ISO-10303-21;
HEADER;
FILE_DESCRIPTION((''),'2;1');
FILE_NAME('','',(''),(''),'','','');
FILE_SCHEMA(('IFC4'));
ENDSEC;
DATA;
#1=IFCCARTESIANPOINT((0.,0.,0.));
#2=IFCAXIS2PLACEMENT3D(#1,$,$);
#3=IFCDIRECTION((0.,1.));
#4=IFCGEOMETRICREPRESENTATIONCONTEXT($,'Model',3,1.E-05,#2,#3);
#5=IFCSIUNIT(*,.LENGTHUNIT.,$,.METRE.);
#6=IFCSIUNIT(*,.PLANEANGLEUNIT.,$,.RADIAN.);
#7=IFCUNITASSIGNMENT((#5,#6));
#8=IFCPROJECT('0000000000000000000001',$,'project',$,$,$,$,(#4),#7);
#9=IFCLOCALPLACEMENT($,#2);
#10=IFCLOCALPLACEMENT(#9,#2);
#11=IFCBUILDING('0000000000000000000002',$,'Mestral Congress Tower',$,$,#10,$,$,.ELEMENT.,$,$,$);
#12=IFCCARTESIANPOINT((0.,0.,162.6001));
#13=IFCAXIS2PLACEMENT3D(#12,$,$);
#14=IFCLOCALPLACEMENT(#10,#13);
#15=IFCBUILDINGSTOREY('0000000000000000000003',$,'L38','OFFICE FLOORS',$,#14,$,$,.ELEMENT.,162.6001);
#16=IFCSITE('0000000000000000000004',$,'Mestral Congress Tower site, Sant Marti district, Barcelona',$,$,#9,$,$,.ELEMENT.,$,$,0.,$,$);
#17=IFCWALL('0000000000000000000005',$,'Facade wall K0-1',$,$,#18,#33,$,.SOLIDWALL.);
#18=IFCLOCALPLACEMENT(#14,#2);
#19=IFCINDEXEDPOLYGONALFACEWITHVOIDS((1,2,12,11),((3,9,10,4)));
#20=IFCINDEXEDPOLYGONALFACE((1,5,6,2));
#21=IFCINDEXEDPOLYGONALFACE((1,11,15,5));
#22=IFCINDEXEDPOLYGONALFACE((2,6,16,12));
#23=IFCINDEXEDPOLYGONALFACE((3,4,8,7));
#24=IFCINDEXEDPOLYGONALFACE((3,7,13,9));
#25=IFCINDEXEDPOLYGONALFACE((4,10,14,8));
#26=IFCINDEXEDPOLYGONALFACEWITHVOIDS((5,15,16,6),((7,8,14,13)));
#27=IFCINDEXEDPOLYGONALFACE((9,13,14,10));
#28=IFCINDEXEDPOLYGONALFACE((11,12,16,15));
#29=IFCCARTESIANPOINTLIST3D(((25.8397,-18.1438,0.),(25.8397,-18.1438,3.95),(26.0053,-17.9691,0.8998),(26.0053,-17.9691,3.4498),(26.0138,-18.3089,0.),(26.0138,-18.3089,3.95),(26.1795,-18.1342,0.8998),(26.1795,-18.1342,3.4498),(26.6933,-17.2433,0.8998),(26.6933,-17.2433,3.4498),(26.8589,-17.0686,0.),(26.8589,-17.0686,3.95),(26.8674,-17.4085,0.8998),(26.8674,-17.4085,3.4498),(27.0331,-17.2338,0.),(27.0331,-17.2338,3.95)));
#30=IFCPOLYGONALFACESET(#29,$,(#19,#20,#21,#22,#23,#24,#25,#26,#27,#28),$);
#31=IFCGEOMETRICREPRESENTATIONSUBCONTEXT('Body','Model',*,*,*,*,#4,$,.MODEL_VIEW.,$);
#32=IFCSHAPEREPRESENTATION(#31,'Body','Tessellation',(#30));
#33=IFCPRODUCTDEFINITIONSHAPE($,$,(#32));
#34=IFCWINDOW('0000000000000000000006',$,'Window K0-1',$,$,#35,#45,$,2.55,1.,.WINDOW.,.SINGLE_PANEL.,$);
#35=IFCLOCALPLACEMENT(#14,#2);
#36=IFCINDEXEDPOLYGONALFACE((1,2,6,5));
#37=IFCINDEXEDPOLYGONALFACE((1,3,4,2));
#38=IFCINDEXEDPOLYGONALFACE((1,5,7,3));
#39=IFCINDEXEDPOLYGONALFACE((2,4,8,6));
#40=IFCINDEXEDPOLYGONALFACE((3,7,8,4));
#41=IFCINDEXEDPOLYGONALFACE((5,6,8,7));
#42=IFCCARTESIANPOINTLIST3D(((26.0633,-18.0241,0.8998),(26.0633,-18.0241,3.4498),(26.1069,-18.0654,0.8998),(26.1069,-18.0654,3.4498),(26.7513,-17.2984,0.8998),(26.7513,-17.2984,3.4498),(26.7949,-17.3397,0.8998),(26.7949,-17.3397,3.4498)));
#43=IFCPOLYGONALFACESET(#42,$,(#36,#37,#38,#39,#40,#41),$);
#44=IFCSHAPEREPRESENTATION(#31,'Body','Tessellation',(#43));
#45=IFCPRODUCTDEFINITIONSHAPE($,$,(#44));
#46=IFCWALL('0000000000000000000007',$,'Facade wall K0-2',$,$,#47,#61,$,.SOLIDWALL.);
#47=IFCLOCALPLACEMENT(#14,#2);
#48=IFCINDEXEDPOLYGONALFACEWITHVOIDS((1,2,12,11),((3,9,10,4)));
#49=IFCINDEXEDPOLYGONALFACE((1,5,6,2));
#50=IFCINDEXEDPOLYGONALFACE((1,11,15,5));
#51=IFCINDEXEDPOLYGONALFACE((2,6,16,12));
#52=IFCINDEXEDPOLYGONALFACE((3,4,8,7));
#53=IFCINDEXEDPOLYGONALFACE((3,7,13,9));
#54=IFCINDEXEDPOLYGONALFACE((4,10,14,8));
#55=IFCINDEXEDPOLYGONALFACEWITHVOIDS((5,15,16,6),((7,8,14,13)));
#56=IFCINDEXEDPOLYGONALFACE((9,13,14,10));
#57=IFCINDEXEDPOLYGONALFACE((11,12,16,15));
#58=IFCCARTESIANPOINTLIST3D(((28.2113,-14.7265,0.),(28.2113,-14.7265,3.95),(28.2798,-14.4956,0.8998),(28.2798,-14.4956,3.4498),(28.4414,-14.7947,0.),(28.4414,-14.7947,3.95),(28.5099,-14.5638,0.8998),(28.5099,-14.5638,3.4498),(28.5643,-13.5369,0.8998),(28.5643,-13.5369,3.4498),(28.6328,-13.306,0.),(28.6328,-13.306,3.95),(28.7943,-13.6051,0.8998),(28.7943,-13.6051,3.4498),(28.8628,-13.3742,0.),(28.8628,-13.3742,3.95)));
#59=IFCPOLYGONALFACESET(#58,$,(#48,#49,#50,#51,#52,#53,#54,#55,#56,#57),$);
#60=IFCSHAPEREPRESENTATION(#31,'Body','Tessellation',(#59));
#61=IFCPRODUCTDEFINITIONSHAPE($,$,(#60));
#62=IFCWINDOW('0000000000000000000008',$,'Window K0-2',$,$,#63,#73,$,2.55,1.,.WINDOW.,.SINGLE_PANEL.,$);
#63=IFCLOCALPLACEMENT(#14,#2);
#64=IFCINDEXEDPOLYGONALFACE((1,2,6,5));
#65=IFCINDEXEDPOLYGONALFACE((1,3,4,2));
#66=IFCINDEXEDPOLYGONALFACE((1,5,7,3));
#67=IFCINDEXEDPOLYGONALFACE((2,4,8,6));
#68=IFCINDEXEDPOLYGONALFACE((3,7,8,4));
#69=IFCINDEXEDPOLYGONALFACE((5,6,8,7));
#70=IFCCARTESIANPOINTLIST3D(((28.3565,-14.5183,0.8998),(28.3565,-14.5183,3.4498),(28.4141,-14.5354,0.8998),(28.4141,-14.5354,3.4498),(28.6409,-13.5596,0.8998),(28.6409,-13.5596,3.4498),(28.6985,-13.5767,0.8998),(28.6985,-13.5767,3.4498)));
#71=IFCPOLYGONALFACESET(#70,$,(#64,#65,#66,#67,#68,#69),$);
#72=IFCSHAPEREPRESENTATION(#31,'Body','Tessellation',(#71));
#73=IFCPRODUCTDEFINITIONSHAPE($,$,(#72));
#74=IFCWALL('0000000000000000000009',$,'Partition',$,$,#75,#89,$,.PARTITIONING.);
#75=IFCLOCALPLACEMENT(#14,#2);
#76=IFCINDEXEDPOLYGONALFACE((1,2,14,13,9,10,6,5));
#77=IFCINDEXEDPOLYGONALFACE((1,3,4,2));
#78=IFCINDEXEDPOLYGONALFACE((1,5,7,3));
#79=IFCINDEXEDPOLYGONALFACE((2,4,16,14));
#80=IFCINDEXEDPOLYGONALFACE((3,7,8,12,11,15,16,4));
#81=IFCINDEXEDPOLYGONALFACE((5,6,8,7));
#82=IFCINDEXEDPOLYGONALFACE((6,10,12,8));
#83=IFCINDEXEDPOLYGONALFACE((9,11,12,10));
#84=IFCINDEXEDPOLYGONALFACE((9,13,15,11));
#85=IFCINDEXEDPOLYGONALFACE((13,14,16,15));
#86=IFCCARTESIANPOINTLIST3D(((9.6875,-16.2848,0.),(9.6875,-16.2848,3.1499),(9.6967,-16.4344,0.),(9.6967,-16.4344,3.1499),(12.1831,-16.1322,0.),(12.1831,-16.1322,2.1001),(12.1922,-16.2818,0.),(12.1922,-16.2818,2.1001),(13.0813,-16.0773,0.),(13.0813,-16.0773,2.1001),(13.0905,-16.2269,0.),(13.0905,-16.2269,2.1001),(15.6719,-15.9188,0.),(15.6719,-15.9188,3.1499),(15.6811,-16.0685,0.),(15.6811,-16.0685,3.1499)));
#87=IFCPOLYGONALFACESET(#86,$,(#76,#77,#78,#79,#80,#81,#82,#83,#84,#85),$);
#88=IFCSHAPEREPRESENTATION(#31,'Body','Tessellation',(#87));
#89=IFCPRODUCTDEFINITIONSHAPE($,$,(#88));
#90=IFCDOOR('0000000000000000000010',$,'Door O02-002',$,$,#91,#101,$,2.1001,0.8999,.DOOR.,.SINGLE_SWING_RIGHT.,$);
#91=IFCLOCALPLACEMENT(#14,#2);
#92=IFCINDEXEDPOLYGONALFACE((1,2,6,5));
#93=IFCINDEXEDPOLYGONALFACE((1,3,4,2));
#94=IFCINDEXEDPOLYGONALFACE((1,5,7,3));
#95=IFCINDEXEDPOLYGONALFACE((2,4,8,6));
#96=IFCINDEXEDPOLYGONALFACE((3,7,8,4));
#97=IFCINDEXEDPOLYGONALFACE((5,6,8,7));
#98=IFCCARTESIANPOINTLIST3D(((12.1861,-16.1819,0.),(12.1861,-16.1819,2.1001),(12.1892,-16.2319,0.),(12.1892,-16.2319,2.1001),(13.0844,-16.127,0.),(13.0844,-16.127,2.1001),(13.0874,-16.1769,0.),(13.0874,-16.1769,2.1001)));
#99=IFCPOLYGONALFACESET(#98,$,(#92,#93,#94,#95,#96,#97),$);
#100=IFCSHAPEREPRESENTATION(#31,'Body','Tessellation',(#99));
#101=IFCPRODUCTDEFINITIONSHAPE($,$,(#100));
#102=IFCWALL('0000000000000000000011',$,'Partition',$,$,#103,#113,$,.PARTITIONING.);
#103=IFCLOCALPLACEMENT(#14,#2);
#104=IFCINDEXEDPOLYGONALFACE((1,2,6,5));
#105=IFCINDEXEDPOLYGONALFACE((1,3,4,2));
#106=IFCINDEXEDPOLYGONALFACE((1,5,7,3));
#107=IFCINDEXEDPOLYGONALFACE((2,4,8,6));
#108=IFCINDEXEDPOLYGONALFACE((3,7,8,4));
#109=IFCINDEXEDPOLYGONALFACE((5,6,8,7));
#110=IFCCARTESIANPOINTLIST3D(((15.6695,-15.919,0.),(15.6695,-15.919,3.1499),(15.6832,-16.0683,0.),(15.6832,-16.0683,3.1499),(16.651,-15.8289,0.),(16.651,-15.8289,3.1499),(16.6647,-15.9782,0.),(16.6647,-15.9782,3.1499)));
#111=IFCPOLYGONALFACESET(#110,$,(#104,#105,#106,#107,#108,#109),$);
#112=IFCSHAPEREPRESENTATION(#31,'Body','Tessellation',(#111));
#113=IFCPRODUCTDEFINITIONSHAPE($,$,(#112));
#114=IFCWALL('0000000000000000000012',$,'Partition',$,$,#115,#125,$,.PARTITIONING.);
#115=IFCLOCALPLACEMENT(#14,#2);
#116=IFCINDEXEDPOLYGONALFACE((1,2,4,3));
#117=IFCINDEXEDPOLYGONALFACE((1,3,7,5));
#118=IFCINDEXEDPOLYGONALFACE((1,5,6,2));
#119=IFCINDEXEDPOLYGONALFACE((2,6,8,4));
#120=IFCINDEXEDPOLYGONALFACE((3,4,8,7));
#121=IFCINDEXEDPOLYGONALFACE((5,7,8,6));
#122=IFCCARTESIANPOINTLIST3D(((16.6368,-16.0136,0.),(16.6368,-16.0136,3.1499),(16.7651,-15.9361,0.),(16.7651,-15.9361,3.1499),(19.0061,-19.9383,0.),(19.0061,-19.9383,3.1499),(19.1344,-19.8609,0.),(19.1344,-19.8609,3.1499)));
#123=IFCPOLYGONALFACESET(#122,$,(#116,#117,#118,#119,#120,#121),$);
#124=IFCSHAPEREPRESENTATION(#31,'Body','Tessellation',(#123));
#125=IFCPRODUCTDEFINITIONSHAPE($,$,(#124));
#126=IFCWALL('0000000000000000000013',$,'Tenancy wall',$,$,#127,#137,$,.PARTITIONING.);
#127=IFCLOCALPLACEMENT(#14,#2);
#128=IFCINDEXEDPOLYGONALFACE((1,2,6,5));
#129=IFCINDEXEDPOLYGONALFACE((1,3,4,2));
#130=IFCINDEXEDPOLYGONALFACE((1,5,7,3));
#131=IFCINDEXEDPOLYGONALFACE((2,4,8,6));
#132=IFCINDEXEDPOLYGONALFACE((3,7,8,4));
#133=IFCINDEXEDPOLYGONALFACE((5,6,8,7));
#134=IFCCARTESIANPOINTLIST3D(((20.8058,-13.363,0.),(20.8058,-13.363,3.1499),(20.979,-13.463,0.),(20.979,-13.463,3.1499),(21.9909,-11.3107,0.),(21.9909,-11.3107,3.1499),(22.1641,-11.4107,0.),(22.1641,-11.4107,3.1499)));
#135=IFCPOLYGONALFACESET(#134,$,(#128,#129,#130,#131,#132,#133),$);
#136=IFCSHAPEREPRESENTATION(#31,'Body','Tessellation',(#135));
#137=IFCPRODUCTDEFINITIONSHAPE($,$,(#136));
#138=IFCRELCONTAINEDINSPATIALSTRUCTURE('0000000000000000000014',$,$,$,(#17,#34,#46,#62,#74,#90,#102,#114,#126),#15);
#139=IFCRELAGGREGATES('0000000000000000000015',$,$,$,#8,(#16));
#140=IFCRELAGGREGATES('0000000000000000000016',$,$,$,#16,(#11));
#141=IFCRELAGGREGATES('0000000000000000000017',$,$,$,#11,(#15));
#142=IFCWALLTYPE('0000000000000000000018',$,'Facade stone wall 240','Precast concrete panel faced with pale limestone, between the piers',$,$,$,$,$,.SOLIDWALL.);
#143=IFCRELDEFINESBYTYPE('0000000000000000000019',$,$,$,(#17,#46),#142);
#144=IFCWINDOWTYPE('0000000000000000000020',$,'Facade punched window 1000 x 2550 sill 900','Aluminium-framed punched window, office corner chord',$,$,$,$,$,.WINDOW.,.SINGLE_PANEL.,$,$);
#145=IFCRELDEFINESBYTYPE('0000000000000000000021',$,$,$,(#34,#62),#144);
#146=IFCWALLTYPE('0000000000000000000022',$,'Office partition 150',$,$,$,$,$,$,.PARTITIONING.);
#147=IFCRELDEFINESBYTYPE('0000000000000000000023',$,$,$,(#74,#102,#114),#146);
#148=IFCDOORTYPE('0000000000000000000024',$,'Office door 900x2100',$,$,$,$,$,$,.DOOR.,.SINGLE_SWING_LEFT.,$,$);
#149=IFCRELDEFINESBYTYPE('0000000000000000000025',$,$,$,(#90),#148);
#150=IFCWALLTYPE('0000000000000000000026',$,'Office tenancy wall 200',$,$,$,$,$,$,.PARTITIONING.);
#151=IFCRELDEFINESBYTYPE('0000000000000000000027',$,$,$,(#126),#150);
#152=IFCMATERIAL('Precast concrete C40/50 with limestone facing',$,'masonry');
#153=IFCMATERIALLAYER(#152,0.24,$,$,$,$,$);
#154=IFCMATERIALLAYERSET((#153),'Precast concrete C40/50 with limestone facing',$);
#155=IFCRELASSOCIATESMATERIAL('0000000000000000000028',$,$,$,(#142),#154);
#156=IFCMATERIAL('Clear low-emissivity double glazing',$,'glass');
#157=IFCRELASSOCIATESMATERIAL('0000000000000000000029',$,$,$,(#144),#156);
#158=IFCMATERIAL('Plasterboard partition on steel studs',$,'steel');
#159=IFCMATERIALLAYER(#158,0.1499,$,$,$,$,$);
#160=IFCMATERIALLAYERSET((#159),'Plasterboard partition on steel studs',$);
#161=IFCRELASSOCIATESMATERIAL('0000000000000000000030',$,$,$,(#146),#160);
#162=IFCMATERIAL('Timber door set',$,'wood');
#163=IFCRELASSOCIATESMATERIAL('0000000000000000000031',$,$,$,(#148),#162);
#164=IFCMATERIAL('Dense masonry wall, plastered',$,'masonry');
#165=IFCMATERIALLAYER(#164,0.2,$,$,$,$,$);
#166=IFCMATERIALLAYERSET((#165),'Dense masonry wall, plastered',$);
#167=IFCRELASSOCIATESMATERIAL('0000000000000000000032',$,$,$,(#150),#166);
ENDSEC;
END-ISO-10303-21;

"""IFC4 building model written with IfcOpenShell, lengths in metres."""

from ifc_helpers import new_model, si_unit, direction, frame, frame_2d, origin, place, context, subcontext, project, spatial, rectangle, extrude, material, layer, layer_set, type_object, element, fill, save


model = new_model("IFC4")

# Units and contexts
model_context = context("Model", 3, precision=1e-05, world=origin(), true_north=direction((0.0, 1.0)))
body_context = subcontext(model_context, "Body", "Model", "MODEL_VIEW")
ifc_project = project(units=[si_unit("LENGTHUNIT", "METRE"), si_unit("PLANEANGLEUNIT", "RADIAN")], contexts=[model_context])

# Site, building, storey
site_placement = place(None, origin())
site = spatial("IfcSite", under=ifc_project, at=site_placement, Name="Mestral Congress Tower site, Sant Marti district, Barcelona", CompositionType="ELEMENT", RefElevation=0.0)
building_placement = place(site_placement, origin())
building = spatial("IfcBuilding", under=site, at=building_placement, Name="Mestral Congress Tower", CompositionType="ELEMENT")
storey_placement = place(building_placement, frame((0.0, 0.0, 162.6001)))
storey = spatial("IfcBuildingStorey", under=building, at=storey_placement, Name="L38", Description="OFFICE FLOORS", CompositionType="ELEMENT", Elevation=162.6001)

# Shared definitions
ifc_material_1 = material(Name="Precast concrete C40/50 with limestone facing", Category="masonry")
ifc_layer_1 = layer(ifc_material_1, 0.24)
ifc_layer_set_1 = layer_set([ifc_layer_1], Name="Precast concrete C40/50 with limestone facing")
wall_type_1 = type_object("IfcWallType", Name="Facade stone wall 240", Description="Precast concrete panel faced with pale limestone, between the piers", PredefinedType="SOLIDWALL", material=ifc_layer_set_1)
ifc_material_2 = material(Name="Clear low-emissivity double glazing", Category="glass")

# Walls, openings, windows
window_type_1 = type_object("IfcWindowType", Name="Facade punched window 1000 x 2550 sill 900", Description="Aluminium-framed punched window, office corner chord", PartitioningType="SINGLE_PANEL", PredefinedType="WINDOW", material=ifc_material_2)
wall_1_placement = place(storey_placement, frame((25.9268, -18.2263, 0.0), z_axis=(0.0, 0.0, 1.0), x_axis=(0.687987, 0.725723, 0.0)))
wall_1 = element("IfcWall", 1, at=wall_1_placement, inside=storey, type_object=wall_type_1, Name="Facade wall K0-1", PredefinedType="SOLIDWALL", context=body_context, shape_type="SweptSolid", body=[
    extrude(rectangle(XDim=1.4814, YDim=0.24, at=frame_2d((0.7407, 0.0))), origin(), (0.0, 0.0, 1.0), 3.95),
])
opening_1_placement = place(wall_1_placement, frame((0.2407, 0.0, 0.8999)))
opening_1 = element("IfcOpeningElement", 2, at=opening_1_placement, cuts=wall_1, PredefinedType="OPENING", context=body_context, shape_type="SweptSolid", body=[
    extrude(rectangle(XDim=1.0, YDim=2.55, at=frame_2d((0.5, 1.2749))), frame((0.0, 0.1299, 0.0), z_axis=(0.0, -1.0, 0.0), x_axis=(1.0, 0.0, 0.0)), (0.0, 0.0, 1.0), 0.26),
])
window_1_placement = place(opening_1_placement, origin())
window_1 = element("IfcWindow", 3, at=window_1_placement, inside=storey, type_object=window_type_1, Name="Window K0-1", OverallHeight=2.55, OverallWidth=1.0, PartitioningType="SINGLE_PANEL", PredefinedType="WINDOW", context=body_context, shape_type="SweptSolid", body=[
    extrude(rectangle(XDim=1.0, YDim=2.55, at=frame_2d((0.5, 1.2749))), frame((0.0, 0.04, 0.0), z_axis=(0.0, -1.0, 0.0), x_axis=(1.0, 0.0, 0.0)), (0.0, 0.0, 1.0), 0.0601),
])
fill(opening_1, window_1)
wall_2_placement = place(storey_placement, frame((28.3264, -14.7605, 0.0), z_axis=(0.0, 0.0, 1.0), x_axis=(0.284414, 0.958702, 0.0)))
wall_2 = element("IfcWall", 4, at=wall_2_placement, inside=storey, type_object=wall_type_1, Name="Facade wall K0-2", PredefinedType="SOLIDWALL", context=body_context, shape_type="SweptSolid", body=[
    extrude(rectangle(XDim=1.4817, YDim=0.24, at=frame_2d((0.7407, 0.0))), origin(), (0.0, 0.0, 1.0), 3.95),
])
opening_2_placement = place(wall_2_placement, frame((0.2407, 0.0, 0.8999)))
opening_2 = element("IfcOpeningElement", 5, at=opening_2_placement, cuts=wall_2, PredefinedType="OPENING", context=body_context, shape_type="SweptSolid", body=[
    extrude(rectangle(XDim=1.0, YDim=2.55, at=frame_2d((0.5, 1.2749))), frame((0.0, 0.1299, 0.0), z_axis=(0.0, -1.0, 0.0), x_axis=(1.0, 0.0, 0.0)), (0.0, 0.0, 1.0), 0.26),
])
window_2_placement = place(opening_2_placement, origin())
window_2 = element("IfcWindow", 6, at=window_2_placement, inside=storey, type_object=window_type_1, Name="Window K0-2", OverallHeight=2.55, OverallWidth=1.0, PartitioningType="SINGLE_PANEL", PredefinedType="WINDOW", context=body_context, shape_type="SweptSolid", body=[
    extrude(rectangle(XDim=1.0, YDim=2.55, at=frame_2d((0.5, 1.2749))), frame((0.0, 0.04, 0.0), z_axis=(0.0, -1.0, 0.0), x_axis=(1.0, 0.0, 0.0)), (0.0, 0.0, 1.0), 0.0601),
])
fill(opening_2, window_2)

# Wall, opening, door
ifc_material_3 = material(Name="Plasterboard partition on steel studs", Category="steel")
ifc_layer_2 = layer(ifc_material_3, 0.1499)
ifc_layer_set_2 = layer_set([ifc_layer_2], Name="Plasterboard partition on steel studs")
wall_type_2 = type_object("IfcWallType", Name="Office partition 150", PredefinedType="PARTITIONING", material=ifc_layer_set_2)
wall_3_placement = place(storey_placement, frame((15.6765, -15.9937, 0.0), z_axis=(0.0, 0.0, 1.0), x_axis=(-0.998135, -0.06104, 0.0)))
wall_3 = element("IfcWall", 7, at=wall_3_placement, inside=storey, type_object=wall_type_2, Name="Partition", PredefinedType="PARTITIONING", context=body_context, shape_type="SweptSolid", body=[
    extrude(rectangle(XDim=5.9956, YDim=0.1499, at=frame_2d((2.9978, 0.0))), origin(), (0.0, 0.0, 1.0), 3.1499),
])
opening_3_placement = place(wall_3_placement, frame((2.5955, 0.0, 0.0)))
opening_3 = element("IfcOpeningElement", 8, at=opening_3_placement, cuts=wall_3, PredefinedType="OPENING", context=body_context, shape_type="SweptSolid", body=[
    extrude(rectangle(XDim=0.8999, YDim=2.1001, at=frame_2d((0.45, 1.05))), frame((0.0, 0.085, 0.0), z_axis=(0.0, -1.0, 0.0), x_axis=(1.0, 0.0, 0.0)), (0.0, 0.0, 1.0), 0.1699),
])
ifc_material_4 = material(Name="Timber door set", Category="wood")
door_type = type_object("IfcDoorType", Name="Office door 900x2100", OperationType="SINGLE_SWING_LEFT", PredefinedType="DOOR", material=ifc_material_4)
door_placement = place(opening_3_placement, origin())
door = element("IfcDoor", 9, at=door_placement, inside=storey, type_object=door_type, Name="Door O02-002", OperationType="SINGLE_SWING_RIGHT", OverallHeight=2.1001, OverallWidth=0.8999, PredefinedType="DOOR", context=body_context, shape_type="SweptSolid", body=[
    extrude(rectangle(XDim=0.8999, YDim=2.1001, at=frame_2d((0.45, 1.05))), frame((0.0, 0.0249, 0.0), z_axis=(0.0, -1.0, 0.0), x_axis=(1.0, 0.0, 0.0)), (0.0, 0.0, 1.0), 0.05),
])
fill(opening_3, door)

# Walls
wall_4_placement = place(storey_placement, frame((15.6765, -15.9937, 0.0), z_axis=(0.0, 0.0, 1.0), x_axis=(0.995814, 0.091407, 0.0)))
element("IfcWall", 10, at=wall_4_placement, inside=storey, type_object=wall_type_2, Name="Partition", PredefinedType="PARTITIONING", context=body_context, shape_type="SweptSolid", body=[
    extrude(rectangle(XDim=0.9856, YDim=0.1499, at=frame_2d((0.4927, 0.0))), origin(), (0.0, 0.0, 1.0), 3.1499),
])
wall_5_placement = place(storey_placement, frame((16.7009, -15.9749, 0.0), z_axis=(0.0, 0.0, 1.0), x_axis=(0.51682, -0.856094, 0.0)))
element("IfcWall", 11, at=wall_5_placement, inside=storey, type_object=wall_type_2, Name="Partition", PredefinedType="PARTITIONING", context=body_context, shape_type="SweptSolid", body=[
    extrude(rectangle(XDim=4.5845, YDim=0.1499, at=frame_2d((2.2922, 0.0))), origin(), (0.0, 0.0, 1.0), 3.1499),
])
ifc_material_5 = material(Name="Dense masonry wall, plastered", Category="masonry")
ifc_layer_3 = layer(ifc_material_5, 0.2)
ifc_layer_set_3 = layer_set([ifc_layer_3], Name="Dense masonry wall, plastered")
wall_type_3 = type_object("IfcWallType", Name="Office tenancy wall 200", PredefinedType="PARTITIONING", material=ifc_layer_set_3)
wall_6_placement = place(storey_placement, frame((20.8923, -13.4131, 0.0), z_axis=(0.0, 0.0, 1.0), x_axis=(0.500061, 0.86599, 0.0)))
element("IfcWall", 12, at=wall_6_placement, inside=storey, type_object=wall_type_3, Name="Tenancy wall", PredefinedType="PARTITIONING", context=body_context, shape_type="SweptSolid", body=[
    extrude(rectangle(XDim=2.3699, YDim=0.2, at=frame_2d((1.1851, 0.0))), origin(), (0.0, 0.0, 1.0), 3.1499),
])

save(model, "model.ifc")
